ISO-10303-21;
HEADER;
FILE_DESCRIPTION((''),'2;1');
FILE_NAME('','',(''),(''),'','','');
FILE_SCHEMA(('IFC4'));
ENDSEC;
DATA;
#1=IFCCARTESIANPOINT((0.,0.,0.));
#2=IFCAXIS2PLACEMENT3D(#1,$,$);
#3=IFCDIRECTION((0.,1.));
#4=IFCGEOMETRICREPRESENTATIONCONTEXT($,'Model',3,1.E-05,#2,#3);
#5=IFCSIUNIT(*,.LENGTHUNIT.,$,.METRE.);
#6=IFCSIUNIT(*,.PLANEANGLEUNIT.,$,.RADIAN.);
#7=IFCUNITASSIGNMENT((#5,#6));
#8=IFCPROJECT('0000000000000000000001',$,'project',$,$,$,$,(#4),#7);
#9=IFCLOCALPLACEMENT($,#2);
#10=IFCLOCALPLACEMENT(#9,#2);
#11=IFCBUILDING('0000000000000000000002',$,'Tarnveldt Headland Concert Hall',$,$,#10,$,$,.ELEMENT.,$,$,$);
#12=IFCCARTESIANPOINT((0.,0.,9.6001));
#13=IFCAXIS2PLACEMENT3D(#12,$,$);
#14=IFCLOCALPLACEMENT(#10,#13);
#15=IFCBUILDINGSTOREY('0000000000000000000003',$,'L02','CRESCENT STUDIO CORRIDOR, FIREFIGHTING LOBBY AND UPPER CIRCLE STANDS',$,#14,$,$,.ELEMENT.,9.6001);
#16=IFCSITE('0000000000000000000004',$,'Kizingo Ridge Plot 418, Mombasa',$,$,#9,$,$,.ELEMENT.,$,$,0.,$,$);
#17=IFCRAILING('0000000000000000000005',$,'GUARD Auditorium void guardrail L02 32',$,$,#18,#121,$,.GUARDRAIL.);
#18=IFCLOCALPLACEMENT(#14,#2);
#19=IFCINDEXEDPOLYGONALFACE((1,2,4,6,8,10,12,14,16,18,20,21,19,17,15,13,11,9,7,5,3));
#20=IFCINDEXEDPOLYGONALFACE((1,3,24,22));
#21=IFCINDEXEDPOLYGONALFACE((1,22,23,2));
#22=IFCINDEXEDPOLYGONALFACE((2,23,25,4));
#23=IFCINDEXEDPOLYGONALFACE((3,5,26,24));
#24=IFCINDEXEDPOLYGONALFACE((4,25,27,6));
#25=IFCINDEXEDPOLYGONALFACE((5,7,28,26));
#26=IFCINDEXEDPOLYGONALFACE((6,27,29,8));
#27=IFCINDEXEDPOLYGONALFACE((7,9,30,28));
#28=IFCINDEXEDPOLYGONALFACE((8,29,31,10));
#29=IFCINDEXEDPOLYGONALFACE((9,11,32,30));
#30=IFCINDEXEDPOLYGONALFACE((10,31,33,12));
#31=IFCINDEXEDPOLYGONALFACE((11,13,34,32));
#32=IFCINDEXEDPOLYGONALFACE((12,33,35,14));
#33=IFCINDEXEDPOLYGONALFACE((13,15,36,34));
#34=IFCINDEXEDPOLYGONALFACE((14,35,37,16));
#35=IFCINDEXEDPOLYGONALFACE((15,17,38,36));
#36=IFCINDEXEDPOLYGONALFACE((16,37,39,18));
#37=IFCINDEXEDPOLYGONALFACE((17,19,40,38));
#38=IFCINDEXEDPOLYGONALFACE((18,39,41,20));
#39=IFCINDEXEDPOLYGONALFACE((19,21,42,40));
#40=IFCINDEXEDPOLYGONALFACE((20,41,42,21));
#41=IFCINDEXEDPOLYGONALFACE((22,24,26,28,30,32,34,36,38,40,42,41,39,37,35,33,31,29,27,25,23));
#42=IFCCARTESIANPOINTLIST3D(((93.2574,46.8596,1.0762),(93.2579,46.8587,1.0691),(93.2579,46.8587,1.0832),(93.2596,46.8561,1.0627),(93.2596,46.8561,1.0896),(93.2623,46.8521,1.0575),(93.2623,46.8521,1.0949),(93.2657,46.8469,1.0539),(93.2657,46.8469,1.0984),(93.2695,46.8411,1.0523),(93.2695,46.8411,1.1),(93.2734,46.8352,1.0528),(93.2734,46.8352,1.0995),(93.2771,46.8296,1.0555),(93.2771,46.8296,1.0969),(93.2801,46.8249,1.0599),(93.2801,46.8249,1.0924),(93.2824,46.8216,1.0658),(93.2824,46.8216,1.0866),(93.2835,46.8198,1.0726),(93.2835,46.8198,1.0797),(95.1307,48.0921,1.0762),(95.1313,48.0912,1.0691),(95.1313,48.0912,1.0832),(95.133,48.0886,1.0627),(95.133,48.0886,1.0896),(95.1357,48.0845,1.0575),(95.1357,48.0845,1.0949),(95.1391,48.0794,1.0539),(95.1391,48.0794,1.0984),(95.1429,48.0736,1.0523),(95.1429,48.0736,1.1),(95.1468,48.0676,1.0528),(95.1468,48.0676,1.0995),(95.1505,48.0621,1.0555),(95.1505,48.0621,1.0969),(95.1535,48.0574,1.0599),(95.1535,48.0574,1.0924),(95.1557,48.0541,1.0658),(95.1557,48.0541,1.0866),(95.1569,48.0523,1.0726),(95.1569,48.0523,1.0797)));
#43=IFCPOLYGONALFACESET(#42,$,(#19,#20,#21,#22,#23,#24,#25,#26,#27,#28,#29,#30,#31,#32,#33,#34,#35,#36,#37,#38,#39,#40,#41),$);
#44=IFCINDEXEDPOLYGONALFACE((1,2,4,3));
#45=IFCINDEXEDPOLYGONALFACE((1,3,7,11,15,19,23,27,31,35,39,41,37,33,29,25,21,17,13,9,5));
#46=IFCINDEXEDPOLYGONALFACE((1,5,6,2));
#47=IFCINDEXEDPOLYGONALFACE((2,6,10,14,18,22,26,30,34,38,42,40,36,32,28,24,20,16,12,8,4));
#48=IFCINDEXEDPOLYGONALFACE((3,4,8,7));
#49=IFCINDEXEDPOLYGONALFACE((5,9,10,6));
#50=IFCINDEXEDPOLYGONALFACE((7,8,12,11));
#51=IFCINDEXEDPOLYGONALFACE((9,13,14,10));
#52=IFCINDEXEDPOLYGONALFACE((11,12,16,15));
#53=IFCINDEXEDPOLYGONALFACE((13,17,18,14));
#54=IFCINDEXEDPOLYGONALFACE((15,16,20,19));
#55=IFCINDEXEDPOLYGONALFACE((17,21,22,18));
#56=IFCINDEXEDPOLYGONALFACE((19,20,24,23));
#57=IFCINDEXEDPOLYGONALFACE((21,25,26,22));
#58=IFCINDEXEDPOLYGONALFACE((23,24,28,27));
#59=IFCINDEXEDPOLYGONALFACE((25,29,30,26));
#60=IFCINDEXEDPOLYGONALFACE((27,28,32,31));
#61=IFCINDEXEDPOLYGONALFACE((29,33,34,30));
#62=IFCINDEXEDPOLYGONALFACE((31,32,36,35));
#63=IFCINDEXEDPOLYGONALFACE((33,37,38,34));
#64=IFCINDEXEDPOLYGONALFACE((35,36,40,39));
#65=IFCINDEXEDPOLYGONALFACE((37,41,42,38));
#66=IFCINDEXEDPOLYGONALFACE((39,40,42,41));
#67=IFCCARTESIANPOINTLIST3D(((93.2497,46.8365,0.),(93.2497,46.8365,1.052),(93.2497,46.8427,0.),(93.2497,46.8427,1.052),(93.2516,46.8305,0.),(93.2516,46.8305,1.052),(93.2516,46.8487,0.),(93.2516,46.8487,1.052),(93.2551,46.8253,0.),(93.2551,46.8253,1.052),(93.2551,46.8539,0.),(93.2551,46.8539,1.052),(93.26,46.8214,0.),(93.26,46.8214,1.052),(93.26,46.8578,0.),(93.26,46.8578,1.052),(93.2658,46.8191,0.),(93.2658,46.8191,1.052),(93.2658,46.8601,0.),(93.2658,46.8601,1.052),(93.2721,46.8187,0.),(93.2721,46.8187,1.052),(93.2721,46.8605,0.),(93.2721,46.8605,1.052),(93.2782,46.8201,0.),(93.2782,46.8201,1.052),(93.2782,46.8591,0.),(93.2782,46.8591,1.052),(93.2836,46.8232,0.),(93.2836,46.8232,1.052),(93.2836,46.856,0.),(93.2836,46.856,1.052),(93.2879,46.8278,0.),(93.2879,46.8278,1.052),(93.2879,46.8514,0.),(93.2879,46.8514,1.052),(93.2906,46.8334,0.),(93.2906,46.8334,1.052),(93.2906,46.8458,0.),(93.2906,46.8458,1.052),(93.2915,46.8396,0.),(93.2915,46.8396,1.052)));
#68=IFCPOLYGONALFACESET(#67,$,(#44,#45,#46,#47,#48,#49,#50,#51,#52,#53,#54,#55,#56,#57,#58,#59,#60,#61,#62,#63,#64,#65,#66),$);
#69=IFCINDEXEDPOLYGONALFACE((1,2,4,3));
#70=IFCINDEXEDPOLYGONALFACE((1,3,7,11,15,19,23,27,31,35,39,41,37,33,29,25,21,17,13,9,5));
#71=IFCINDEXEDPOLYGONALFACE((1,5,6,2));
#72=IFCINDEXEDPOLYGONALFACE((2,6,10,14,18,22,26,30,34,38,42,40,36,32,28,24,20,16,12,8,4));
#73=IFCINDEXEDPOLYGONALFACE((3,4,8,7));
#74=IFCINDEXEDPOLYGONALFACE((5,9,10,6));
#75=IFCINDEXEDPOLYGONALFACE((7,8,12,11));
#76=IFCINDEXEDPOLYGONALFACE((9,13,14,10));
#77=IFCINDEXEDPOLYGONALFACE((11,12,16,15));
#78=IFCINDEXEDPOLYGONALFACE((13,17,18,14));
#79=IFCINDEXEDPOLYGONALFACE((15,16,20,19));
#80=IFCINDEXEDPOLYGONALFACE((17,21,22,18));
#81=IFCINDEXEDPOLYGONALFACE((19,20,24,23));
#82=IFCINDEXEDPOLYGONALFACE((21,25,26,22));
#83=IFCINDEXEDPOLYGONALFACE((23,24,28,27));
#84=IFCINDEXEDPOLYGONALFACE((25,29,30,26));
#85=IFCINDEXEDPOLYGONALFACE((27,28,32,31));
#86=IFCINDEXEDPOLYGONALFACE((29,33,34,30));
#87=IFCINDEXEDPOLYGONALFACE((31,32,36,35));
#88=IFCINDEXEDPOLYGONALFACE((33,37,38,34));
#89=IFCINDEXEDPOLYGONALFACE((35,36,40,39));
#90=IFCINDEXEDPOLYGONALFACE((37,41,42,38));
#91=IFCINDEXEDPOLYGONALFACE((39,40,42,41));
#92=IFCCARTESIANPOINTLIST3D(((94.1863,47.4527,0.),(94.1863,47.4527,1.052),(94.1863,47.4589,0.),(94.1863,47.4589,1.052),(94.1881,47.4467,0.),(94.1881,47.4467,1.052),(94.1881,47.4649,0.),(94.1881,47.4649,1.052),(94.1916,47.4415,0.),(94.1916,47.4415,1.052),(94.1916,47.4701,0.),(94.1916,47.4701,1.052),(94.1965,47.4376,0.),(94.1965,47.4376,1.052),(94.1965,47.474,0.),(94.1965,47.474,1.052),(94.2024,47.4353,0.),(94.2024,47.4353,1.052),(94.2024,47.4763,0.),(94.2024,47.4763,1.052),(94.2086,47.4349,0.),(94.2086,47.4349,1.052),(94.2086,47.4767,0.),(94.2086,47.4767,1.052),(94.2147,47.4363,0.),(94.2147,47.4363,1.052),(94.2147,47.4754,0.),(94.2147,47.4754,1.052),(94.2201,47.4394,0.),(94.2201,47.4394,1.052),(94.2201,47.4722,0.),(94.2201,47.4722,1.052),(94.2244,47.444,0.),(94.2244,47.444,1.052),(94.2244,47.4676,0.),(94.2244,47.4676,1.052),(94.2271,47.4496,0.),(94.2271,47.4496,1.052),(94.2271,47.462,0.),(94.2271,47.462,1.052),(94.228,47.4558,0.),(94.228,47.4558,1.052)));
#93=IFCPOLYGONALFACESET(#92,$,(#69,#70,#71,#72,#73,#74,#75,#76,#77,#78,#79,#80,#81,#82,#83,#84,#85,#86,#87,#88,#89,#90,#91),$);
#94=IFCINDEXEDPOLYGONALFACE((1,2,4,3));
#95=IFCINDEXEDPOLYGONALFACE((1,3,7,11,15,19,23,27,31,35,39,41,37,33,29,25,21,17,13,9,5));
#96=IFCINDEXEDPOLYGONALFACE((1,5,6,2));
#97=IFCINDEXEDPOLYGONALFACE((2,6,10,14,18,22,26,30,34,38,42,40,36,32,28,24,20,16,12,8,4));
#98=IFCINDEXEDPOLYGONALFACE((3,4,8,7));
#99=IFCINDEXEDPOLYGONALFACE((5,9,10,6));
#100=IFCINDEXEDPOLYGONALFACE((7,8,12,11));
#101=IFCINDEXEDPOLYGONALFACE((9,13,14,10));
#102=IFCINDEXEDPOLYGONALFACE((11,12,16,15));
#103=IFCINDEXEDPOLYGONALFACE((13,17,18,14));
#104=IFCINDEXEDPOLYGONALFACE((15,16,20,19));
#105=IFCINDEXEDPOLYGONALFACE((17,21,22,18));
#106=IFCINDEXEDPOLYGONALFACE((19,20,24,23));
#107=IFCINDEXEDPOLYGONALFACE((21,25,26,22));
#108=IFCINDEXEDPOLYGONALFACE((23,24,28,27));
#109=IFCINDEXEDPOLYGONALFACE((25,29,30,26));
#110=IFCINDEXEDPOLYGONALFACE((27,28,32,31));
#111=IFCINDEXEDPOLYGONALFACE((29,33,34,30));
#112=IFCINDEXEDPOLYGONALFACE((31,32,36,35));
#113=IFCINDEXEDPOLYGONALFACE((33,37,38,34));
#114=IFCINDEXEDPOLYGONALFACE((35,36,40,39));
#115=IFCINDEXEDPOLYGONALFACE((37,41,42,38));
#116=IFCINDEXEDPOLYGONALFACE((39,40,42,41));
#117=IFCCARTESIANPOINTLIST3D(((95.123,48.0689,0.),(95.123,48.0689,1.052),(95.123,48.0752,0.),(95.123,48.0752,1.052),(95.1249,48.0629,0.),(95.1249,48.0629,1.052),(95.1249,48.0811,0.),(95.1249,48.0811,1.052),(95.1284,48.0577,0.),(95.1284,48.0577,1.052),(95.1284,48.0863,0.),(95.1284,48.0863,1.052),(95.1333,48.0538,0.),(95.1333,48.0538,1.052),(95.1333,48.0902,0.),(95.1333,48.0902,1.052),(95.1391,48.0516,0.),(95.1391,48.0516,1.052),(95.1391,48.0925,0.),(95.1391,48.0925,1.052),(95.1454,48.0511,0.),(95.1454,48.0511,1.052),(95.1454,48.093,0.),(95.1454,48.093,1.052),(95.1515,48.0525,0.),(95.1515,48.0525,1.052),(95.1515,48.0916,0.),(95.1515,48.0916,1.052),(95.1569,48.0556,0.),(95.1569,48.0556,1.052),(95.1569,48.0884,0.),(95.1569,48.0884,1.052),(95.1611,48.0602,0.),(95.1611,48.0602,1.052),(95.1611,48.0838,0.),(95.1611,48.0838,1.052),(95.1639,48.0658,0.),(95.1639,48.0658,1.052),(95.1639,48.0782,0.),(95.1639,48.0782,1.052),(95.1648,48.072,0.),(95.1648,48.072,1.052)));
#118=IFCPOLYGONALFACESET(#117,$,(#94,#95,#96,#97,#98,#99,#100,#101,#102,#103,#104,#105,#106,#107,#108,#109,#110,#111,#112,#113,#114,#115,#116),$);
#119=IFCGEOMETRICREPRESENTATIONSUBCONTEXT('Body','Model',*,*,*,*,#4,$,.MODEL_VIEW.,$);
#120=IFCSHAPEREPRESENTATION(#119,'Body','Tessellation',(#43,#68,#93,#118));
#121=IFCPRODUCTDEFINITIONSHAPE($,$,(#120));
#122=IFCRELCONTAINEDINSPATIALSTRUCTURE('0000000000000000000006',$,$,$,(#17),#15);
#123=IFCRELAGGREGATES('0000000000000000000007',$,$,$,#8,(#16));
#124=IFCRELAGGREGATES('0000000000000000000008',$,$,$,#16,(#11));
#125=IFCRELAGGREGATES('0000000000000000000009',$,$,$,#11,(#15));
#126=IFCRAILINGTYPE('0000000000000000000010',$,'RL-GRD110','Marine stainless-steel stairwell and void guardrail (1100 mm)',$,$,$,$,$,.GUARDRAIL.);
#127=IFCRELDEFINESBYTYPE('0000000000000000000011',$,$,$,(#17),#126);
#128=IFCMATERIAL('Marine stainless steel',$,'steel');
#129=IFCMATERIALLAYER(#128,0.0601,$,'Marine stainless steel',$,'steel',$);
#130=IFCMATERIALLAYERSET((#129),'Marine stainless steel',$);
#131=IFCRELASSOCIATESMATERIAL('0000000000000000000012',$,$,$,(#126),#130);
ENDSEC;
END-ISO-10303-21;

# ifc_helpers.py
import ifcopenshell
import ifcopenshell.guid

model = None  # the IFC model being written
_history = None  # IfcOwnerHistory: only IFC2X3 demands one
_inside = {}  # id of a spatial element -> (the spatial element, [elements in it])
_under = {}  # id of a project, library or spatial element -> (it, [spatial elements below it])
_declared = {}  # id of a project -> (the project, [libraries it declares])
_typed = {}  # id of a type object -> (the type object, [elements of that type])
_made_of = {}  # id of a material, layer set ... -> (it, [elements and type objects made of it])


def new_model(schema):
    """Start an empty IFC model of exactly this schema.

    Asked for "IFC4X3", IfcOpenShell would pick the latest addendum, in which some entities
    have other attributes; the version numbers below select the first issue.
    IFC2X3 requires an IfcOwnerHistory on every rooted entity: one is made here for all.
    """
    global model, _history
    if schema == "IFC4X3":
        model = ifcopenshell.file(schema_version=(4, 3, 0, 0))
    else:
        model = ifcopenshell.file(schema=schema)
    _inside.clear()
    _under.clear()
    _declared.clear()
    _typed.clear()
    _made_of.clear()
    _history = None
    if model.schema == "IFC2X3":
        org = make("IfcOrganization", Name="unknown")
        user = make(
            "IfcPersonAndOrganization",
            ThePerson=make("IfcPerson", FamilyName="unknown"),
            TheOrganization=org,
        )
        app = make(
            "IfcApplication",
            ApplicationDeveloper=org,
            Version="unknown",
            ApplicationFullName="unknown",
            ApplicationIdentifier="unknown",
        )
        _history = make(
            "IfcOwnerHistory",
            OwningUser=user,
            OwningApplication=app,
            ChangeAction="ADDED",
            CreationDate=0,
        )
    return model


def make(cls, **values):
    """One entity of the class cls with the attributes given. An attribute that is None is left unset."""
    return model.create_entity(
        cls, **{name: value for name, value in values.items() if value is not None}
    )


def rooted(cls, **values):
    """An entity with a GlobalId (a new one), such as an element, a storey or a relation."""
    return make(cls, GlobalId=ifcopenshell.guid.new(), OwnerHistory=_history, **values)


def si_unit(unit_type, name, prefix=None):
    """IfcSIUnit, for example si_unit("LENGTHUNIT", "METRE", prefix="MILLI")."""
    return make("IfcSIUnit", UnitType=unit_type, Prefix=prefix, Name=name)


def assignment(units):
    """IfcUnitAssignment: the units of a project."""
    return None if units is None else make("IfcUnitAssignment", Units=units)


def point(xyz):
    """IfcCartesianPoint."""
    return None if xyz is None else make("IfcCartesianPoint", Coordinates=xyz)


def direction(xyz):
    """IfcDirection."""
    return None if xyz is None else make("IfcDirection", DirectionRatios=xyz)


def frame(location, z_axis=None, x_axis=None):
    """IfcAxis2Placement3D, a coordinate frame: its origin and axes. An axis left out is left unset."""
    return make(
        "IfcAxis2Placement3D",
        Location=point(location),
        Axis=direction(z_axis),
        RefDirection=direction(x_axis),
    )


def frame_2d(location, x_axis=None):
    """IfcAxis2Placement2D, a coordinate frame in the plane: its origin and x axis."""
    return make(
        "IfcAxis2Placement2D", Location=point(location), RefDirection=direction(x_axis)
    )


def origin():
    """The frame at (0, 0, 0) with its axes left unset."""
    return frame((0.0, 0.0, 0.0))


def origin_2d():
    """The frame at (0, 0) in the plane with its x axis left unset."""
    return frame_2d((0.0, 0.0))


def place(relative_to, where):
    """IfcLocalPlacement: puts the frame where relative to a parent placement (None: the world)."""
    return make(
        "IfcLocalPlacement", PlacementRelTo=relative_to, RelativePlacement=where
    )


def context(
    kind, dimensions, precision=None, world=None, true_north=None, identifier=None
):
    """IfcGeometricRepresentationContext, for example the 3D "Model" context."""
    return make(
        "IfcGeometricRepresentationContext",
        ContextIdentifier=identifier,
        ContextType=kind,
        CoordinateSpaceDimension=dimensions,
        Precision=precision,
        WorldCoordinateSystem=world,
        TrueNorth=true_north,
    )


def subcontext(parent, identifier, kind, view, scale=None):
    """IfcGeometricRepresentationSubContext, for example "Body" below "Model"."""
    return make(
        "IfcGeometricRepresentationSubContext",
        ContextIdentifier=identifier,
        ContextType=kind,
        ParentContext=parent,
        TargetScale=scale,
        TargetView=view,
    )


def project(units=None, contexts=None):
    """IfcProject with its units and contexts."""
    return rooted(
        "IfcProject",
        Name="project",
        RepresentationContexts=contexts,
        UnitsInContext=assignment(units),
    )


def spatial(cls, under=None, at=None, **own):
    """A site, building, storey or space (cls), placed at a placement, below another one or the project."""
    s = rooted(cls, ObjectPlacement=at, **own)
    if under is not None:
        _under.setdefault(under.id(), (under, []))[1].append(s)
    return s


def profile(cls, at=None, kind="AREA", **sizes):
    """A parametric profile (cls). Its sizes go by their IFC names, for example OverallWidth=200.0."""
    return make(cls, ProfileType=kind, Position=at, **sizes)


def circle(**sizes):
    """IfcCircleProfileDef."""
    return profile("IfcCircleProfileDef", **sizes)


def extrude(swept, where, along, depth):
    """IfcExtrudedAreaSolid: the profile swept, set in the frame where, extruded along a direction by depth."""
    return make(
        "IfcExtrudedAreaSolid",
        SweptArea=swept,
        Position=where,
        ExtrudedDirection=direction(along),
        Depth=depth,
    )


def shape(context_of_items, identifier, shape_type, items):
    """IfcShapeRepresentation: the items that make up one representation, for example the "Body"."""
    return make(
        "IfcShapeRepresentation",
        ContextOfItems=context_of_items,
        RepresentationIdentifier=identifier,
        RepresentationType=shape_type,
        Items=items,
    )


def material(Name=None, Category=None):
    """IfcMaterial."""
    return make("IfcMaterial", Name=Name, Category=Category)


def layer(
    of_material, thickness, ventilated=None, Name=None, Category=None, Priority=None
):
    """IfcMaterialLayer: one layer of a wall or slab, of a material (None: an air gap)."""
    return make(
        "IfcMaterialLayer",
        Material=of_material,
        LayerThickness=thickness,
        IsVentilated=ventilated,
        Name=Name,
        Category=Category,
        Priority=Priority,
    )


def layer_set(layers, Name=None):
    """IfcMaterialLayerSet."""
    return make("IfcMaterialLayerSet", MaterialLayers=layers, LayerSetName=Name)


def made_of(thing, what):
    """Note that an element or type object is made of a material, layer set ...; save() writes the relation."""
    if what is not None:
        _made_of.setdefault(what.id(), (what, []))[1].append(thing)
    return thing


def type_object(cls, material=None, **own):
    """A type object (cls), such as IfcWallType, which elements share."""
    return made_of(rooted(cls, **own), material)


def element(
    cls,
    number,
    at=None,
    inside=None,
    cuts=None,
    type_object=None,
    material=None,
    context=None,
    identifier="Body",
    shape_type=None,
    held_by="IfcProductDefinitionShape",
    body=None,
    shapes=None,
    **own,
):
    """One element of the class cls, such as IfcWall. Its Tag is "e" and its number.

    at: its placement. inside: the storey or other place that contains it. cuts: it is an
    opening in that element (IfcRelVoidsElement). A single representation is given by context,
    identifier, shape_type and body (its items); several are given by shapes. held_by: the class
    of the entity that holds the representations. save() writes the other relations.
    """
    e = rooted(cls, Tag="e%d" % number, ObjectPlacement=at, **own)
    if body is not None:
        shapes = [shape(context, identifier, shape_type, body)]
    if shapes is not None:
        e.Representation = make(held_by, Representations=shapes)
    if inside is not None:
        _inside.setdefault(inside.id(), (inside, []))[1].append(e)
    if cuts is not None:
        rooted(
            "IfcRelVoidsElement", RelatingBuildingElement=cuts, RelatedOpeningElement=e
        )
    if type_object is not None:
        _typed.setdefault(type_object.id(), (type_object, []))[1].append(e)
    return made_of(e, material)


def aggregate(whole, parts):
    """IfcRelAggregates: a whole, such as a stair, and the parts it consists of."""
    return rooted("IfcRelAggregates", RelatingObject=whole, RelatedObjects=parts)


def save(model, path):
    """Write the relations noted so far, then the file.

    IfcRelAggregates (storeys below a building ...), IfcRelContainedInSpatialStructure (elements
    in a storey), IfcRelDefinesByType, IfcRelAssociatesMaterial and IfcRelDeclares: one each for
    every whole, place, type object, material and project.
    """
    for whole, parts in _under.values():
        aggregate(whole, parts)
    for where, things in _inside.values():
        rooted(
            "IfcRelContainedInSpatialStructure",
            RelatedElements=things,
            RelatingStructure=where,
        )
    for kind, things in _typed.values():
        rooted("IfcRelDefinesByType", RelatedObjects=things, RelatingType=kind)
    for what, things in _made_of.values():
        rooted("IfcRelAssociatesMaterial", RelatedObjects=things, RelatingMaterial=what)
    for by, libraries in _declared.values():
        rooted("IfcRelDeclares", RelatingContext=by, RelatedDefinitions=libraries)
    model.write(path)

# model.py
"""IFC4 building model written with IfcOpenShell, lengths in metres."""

from ifc_helpers import new_model, si_unit, direction, frame, origin, origin_2d, place, context, subcontext, project, spatial, circle, extrude, material, layer, layer_set, type_object, element, save


model = new_model("IFC4")

# Units and contexts
model_context = context("Model", 3, precision=1e-05, world=origin(), true_north=direction((0.0, 1.0)))
body_context = subcontext(model_context, "Body", "Model", "MODEL_VIEW")
ifc_project = project(units=[si_unit("LENGTHUNIT", "METRE"), si_unit("PLANEANGLEUNIT", "RADIAN")], contexts=[model_context])

# Site, building, storey
site_placement = place(None, origin())
site = spatial("IfcSite", under=ifc_project, at=site_placement, Name="Kizingo Ridge Plot 418, Mombasa", CompositionType="ELEMENT", RefElevation=0.0)
building_placement = place(site_placement, origin())
building = spatial("IfcBuilding", under=site, at=building_placement, Name="Tarnveldt Headland Concert Hall", CompositionType="ELEMENT")
storey_placement = place(building_placement, frame((0.0, 0.0, 9.6001)))
storey = spatial("IfcBuildingStorey", under=building, at=storey_placement, Name="L02", Description="CRESCENT STUDIO CORRIDOR, FIREFIGHTING LOBBY AND UPPER CIRCLE STANDS", CompositionType="ELEMENT", Elevation=9.6001)

# Railing
ifc_material_1 = material(Name="Marine stainless steel", Category="steel")
ifc_layer = layer(ifc_material_1, 0.0601, Name="Marine stainless steel", Category="steel")
ifc_layer_set = layer_set([ifc_layer], Name="Marine stainless steel")
railing_type = type_object("IfcRailingType", Name="RL-GRD110", Description="Marine stainless-steel stairwell and void guardrail (1100 mm)", PredefinedType="GUARDRAIL", material=ifc_layer_set)
railing_1_placement = place(storey_placement, frame((93.2705, 46.8396, 0.0)))
element("IfcRailing", 1, at=railing_1_placement, inside=storey, type_object=railing_type, Name="GUARD Auditorium void guardrail L02 32", PredefinedType="GUARDRAIL", context=body_context, shape_type="SweptSolid", body=[
    extrude(circle(Radius=0.0239, at=origin_2d()), frame((0.0, 0.0, 1.0762), z_axis=(0.835418, 0.549615, 0.0), x_axis=(-0.549615, 0.835418, 0.0)), (0.0, 0.0, 1.0), 2.2424),
    extrude(circle(Radius=0.021, at=origin_2d()), origin(), (0.0, 0.0, 1.0), 1.052),
    extrude(circle(Radius=0.021, at=origin_2d()), frame((0.9365, 0.6162, 0.0)), (0.0, 0.0, 1.0), 1.052),
    extrude(circle(Radius=0.021, at=origin_2d()), frame((1.8733, 1.2324, 0.0)), (0.0, 0.0, 1.0), 1.052),
])

save(model, "model.ifc")
